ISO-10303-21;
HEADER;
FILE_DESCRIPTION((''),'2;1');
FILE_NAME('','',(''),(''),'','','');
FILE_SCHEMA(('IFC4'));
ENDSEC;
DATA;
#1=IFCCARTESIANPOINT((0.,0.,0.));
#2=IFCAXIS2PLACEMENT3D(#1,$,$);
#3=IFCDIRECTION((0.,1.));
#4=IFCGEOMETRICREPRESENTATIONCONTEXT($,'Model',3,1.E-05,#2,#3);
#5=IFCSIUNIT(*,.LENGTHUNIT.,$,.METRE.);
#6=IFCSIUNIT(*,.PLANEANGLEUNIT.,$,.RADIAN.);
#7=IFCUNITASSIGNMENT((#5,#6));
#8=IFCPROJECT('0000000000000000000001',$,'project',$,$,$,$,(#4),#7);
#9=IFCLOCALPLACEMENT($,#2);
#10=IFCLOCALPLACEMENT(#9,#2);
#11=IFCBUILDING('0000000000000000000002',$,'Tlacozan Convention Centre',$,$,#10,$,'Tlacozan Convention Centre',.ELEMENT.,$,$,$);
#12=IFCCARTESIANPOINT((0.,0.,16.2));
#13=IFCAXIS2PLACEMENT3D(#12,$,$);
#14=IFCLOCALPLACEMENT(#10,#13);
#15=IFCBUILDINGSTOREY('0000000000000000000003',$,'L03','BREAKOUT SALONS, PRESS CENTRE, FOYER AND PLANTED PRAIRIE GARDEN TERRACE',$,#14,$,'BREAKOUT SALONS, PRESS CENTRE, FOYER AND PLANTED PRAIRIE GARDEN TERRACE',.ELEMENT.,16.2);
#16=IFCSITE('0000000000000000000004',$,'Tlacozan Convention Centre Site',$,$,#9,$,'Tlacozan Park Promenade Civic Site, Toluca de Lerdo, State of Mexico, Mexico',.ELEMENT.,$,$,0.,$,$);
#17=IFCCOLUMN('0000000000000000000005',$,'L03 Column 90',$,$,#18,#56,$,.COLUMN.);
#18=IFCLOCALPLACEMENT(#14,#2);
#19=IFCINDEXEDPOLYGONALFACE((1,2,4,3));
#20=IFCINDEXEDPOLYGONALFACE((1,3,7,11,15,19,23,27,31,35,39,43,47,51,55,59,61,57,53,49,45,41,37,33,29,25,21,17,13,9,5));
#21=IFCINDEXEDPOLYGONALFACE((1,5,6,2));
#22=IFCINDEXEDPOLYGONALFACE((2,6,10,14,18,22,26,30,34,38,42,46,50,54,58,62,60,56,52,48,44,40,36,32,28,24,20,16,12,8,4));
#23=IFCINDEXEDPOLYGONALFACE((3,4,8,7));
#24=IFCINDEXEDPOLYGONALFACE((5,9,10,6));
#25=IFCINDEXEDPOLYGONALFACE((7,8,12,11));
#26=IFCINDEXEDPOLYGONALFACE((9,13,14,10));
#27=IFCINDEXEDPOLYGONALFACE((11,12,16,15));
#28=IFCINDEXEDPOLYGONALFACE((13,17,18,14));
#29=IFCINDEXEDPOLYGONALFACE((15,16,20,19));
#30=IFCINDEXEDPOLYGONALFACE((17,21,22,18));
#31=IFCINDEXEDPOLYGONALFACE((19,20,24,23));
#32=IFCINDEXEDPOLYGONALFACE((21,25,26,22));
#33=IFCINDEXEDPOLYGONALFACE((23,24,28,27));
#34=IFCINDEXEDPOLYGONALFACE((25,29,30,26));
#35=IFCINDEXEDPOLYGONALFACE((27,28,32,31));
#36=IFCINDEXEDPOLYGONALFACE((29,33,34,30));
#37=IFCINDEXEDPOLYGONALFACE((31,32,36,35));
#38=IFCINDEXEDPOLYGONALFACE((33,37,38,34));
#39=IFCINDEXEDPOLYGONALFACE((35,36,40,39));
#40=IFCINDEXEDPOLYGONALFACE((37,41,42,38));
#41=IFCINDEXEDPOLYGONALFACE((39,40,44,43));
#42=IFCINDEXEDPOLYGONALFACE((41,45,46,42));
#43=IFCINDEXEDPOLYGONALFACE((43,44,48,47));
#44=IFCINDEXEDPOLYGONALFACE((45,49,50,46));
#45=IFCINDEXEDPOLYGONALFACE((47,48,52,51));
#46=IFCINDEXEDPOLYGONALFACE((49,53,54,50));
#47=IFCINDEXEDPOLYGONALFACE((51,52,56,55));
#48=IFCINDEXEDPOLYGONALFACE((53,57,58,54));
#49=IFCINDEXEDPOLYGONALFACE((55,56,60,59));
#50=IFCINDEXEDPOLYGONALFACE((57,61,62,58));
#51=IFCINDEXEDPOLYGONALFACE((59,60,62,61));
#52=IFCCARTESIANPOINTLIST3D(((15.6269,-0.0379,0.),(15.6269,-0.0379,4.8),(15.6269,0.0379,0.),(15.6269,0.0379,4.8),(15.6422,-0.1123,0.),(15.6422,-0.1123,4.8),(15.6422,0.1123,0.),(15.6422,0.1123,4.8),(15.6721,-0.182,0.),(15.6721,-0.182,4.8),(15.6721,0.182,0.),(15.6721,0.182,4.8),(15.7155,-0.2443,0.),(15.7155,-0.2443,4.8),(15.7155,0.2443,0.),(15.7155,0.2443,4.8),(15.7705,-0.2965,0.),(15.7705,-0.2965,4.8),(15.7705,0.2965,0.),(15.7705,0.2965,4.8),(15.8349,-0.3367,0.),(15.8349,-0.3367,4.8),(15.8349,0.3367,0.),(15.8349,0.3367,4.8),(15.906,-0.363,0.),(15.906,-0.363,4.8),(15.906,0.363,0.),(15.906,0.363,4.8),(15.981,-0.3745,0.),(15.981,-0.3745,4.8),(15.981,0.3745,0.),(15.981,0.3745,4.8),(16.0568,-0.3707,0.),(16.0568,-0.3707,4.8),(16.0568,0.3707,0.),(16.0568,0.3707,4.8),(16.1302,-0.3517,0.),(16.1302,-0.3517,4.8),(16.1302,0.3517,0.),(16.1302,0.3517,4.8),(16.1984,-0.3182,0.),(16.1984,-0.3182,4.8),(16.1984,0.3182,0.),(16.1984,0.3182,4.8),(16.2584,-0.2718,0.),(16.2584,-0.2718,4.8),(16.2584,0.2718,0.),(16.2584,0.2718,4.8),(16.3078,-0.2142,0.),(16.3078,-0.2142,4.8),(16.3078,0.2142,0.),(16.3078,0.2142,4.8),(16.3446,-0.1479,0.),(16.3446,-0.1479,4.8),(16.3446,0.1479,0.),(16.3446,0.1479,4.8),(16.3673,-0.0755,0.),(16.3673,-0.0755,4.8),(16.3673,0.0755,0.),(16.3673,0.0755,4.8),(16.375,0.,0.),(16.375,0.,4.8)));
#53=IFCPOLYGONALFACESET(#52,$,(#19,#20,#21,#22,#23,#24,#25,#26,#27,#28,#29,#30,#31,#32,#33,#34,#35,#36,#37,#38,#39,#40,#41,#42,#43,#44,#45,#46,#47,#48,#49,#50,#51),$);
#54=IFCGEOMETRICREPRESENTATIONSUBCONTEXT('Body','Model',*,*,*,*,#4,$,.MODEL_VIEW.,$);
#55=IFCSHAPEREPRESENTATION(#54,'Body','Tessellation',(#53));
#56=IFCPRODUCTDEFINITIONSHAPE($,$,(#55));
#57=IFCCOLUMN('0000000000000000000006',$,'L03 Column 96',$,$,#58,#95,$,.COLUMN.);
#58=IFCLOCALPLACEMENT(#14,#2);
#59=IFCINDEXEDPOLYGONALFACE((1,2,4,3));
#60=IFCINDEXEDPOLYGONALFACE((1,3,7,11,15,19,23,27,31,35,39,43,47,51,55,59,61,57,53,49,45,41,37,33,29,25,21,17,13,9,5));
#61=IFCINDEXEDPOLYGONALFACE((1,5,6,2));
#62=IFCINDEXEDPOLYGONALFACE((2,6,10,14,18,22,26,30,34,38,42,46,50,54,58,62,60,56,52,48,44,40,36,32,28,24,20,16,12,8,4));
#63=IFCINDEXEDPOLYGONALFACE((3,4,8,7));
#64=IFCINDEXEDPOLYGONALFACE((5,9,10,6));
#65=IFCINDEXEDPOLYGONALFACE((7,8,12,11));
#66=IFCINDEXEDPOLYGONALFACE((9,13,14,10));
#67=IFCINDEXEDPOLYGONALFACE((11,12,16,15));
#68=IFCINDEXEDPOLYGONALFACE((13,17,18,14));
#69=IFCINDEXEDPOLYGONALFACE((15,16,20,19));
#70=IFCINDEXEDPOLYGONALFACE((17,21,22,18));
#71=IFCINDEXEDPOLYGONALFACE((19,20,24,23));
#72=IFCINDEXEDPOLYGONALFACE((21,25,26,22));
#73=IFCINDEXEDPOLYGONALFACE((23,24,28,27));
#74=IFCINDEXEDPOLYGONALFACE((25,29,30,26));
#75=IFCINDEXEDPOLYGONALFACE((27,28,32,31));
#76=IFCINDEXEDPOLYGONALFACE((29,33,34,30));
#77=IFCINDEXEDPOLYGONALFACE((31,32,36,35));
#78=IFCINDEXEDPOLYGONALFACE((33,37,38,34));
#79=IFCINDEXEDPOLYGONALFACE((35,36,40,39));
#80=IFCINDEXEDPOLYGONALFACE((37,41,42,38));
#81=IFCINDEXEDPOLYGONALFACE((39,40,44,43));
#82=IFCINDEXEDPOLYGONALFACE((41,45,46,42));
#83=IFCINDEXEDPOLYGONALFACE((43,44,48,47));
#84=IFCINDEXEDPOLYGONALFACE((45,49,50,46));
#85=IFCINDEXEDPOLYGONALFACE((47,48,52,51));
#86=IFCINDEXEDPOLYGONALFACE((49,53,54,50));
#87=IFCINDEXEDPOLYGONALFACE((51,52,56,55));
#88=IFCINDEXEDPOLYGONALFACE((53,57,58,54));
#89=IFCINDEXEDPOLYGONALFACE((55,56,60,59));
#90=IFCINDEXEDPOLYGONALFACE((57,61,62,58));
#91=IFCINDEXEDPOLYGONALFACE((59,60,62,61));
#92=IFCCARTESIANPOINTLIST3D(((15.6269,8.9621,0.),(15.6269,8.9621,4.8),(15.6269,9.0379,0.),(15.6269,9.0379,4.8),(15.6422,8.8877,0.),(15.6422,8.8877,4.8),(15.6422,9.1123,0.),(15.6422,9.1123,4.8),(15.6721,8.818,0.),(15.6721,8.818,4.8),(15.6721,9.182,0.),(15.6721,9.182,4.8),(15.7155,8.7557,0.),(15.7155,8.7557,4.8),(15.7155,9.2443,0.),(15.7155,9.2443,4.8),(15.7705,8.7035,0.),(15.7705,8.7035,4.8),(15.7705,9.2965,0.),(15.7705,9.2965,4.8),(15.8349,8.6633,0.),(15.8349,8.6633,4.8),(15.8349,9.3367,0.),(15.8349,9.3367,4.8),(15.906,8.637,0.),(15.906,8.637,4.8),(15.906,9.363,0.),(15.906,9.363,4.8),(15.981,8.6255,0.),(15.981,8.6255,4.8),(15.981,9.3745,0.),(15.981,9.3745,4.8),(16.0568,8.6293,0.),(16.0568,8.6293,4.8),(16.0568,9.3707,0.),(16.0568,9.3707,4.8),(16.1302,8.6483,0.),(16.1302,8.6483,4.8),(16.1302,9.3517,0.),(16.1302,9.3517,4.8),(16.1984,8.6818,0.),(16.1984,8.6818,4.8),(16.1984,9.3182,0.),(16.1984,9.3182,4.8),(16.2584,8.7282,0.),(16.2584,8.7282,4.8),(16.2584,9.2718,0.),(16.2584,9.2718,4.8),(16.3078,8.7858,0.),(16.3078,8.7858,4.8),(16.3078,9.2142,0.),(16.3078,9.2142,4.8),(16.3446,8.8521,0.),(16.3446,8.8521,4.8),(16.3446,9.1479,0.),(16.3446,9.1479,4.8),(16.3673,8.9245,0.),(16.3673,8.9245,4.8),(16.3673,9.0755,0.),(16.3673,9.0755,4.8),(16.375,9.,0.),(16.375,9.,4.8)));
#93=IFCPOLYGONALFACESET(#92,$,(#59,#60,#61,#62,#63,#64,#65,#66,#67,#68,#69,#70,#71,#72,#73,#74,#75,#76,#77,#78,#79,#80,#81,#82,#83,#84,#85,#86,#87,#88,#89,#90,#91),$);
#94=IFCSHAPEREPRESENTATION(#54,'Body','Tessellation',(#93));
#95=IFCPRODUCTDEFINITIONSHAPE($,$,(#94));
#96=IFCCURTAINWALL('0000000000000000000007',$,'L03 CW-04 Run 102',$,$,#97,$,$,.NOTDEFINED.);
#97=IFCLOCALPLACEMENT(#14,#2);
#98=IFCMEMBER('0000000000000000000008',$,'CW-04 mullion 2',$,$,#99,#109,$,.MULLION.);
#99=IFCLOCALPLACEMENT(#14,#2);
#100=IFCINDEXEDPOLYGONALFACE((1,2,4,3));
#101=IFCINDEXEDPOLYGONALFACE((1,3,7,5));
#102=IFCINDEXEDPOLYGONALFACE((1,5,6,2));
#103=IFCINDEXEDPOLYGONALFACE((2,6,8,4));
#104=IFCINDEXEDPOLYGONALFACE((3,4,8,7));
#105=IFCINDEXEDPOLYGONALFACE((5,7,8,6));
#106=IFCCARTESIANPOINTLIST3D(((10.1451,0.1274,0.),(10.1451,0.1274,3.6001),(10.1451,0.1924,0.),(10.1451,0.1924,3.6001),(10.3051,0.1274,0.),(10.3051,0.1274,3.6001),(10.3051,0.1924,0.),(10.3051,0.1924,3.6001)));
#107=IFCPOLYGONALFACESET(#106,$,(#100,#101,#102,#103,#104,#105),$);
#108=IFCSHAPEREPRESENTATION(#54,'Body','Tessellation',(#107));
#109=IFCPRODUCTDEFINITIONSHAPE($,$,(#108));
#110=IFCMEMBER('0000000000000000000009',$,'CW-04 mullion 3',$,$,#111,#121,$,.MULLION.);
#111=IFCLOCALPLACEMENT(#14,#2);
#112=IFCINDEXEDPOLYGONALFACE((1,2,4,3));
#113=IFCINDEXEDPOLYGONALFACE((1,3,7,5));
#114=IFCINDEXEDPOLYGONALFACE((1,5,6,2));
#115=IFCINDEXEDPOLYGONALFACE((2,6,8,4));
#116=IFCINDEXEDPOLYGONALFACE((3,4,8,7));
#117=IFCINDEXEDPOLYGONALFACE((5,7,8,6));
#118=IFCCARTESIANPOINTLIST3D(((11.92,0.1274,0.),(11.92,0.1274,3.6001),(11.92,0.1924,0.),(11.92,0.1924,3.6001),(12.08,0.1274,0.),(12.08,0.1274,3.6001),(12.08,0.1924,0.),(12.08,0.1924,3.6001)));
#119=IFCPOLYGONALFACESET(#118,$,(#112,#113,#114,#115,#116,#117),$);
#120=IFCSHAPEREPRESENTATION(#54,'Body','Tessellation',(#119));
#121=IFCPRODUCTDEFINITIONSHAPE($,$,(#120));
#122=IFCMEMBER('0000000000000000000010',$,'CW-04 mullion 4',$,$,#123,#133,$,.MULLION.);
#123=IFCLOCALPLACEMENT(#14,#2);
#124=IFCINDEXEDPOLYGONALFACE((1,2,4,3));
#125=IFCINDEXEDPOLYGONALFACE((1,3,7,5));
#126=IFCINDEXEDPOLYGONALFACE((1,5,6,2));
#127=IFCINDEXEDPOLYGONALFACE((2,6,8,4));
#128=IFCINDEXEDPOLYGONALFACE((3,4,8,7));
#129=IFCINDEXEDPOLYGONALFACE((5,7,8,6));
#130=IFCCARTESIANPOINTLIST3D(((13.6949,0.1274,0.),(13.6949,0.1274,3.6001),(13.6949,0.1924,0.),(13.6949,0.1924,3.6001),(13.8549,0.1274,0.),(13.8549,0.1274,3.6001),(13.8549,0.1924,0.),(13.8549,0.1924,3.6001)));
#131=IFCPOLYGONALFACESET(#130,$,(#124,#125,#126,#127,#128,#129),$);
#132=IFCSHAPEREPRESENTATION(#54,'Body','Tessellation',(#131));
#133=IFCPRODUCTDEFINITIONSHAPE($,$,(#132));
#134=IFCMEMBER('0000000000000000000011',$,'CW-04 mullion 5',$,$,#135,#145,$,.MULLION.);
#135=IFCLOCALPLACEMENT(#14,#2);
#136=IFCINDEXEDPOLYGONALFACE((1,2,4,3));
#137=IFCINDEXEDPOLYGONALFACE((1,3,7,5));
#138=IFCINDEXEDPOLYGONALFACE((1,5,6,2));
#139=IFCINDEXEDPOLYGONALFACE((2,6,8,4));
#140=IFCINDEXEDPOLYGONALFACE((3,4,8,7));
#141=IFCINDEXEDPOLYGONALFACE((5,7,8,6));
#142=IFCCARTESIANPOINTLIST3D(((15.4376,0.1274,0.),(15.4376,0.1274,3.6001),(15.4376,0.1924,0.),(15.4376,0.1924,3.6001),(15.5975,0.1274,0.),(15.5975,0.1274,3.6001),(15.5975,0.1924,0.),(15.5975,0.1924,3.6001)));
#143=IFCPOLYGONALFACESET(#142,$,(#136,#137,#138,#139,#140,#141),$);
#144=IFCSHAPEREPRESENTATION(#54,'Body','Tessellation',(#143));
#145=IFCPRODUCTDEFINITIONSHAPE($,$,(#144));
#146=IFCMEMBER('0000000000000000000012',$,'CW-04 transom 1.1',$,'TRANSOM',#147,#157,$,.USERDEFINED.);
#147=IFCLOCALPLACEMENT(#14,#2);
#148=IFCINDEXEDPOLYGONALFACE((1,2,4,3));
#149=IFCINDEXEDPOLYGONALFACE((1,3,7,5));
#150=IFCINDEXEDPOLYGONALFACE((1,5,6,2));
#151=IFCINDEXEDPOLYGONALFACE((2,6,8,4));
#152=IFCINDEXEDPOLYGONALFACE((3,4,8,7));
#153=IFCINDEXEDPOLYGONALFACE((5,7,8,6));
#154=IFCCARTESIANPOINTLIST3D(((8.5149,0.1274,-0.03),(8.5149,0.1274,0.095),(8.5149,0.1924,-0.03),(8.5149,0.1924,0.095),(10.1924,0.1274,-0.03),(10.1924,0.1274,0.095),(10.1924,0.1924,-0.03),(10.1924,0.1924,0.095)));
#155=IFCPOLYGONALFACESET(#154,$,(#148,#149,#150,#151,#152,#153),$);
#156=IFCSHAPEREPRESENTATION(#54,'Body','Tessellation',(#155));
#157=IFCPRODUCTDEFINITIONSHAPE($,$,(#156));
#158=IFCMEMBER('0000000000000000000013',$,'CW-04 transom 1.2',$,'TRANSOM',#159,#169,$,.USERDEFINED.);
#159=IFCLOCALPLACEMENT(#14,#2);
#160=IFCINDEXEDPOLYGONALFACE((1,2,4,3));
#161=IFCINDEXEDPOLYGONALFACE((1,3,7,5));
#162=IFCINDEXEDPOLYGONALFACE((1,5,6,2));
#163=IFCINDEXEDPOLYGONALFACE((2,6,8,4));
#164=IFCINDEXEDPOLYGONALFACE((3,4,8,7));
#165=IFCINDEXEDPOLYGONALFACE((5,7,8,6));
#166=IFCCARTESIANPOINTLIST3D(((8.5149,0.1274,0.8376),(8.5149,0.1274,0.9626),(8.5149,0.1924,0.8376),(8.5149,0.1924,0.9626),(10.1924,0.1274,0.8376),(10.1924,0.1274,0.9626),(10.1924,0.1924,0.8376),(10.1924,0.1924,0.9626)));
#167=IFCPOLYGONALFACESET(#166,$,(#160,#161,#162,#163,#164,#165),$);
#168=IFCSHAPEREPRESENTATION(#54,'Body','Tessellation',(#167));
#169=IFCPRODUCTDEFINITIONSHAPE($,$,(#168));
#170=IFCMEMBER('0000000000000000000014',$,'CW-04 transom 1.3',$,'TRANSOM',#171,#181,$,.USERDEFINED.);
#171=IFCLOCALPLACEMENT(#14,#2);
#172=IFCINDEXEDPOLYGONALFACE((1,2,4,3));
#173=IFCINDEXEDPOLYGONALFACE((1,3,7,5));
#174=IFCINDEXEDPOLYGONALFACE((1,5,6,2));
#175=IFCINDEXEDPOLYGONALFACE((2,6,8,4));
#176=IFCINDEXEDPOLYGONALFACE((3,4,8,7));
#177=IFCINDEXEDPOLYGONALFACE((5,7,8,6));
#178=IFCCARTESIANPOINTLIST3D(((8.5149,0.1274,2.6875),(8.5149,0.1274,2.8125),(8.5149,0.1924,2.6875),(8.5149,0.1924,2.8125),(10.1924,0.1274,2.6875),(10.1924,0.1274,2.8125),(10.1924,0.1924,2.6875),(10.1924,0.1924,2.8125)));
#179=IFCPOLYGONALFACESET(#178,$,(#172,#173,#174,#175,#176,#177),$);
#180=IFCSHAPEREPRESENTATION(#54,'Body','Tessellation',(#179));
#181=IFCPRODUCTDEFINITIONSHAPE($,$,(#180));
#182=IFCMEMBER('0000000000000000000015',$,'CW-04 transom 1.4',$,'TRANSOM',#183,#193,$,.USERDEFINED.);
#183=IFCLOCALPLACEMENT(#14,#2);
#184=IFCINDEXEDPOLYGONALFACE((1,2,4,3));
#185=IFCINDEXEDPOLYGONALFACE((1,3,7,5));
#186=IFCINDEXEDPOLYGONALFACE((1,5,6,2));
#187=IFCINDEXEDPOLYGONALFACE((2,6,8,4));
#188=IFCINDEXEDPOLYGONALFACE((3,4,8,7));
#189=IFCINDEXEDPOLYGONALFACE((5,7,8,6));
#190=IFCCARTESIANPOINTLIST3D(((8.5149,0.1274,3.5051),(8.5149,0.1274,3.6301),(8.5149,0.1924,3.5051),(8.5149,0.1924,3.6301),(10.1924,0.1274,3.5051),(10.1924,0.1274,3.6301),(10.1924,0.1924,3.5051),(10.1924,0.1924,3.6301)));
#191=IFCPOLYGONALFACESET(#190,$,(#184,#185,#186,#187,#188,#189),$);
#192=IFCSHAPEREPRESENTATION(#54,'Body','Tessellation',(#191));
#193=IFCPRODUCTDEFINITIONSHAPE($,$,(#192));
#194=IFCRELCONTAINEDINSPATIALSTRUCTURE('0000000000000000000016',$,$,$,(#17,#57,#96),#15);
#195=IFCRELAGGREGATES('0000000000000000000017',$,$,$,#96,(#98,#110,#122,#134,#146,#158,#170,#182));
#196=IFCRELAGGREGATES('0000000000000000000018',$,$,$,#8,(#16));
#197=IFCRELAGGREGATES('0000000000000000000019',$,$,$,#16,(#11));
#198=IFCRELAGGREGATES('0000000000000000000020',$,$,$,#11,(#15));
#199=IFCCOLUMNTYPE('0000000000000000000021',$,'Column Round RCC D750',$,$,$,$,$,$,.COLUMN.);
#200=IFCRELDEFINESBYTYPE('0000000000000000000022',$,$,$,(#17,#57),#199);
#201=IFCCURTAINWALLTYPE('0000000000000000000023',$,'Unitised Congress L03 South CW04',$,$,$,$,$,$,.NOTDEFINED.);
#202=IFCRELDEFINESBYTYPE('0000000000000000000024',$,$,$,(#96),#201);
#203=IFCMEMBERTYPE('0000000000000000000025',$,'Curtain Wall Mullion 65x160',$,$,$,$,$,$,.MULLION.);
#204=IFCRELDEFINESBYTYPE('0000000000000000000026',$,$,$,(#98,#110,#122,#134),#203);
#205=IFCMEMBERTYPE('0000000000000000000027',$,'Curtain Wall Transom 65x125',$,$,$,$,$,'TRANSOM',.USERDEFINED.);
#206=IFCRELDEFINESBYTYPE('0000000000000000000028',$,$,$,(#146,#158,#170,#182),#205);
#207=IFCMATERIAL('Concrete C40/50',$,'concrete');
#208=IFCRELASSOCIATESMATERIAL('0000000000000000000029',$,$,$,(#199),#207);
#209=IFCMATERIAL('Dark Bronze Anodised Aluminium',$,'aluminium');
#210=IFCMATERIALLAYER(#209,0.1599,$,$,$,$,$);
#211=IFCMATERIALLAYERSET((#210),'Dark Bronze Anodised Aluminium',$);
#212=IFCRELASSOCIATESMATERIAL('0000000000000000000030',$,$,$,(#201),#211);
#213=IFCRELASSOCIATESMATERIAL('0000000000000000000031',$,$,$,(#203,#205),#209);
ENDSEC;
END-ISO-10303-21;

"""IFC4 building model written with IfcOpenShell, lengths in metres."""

from ifc_helpers import new_model, si_unit, direction, frame, origin, origin_2d, place, context, subcontext, project, spatial, rectangle, circle, extrude, material, layer, layer_set, material_profile, profile_set, type_object, element, aggregate, save


model = new_model("IFC4")

# Units and contexts
model_context = context("Model", 3, precision=1e-05, world=origin(), true_north=direction((0.0, 1.0)))
body_context = subcontext(model_context, "Body", "Model", "MODEL_VIEW")
ifc_project = project(units=[si_unit("LENGTHUNIT", "METRE"), si_unit("PLANEANGLEUNIT", "RADIAN")], contexts=[model_context])

# Site, building, storey
site_placement = place(None, origin())
site = spatial("IfcSite", under=ifc_project, at=site_placement, Name="Tlacozan Convention Centre Site", LongName="Tlacozan Park Promenade Civic Site, Toluca de Lerdo, State of Mexico, Mexico", CompositionType="ELEMENT", RefElevation=0.0)
building_placement = place(site_placement, origin())
building = spatial("IfcBuilding", under=site, at=building_placement, Name="Tlacozan Convention Centre", LongName="Tlacozan Convention Centre", CompositionType="ELEMENT")
storey_placement = place(building_placement, frame((0.0, 0.0, 16.2)))
storey = spatial("IfcBuildingStorey", under=building, at=storey_placement, Name="L03", Description="BREAKOUT SALONS, PRESS CENTRE, FOYER AND PLANTED PRAIRIE GARDEN TERRACE", LongName="BREAKOUT SALONS, PRESS CENTRE, FOYER AND PLANTED PRAIRIE GARDEN TERRACE", CompositionType="ELEMENT", Elevation=16.2)

# Columns
ifc_material_1 = material(Name="Concrete C40/50", Category="concrete")
ifc_material_profile_1 = material_profile(ifc_material_1, circle(Radius=0.375, at=origin_2d()), Name="RCC D750")
ifc_profile_set_1 = profile_set([ifc_material_profile_1], Name="Concrete C40/50")
column_type = type_object("IfcColumnType", Name="Column Round RCC D750", PredefinedType="COLUMN", material=ifc_profile_set_1)
for number, where, z_axis, x_axis, name in (
    (1, (16.0, 0.0, 0.0), (0.0, 0.0, 1.0), (1.0, 0.0, 0.0), "L03 Column 90"),
    (2, (16.0, 9.0, 0.0), (0.0, 0.0, 1.0), (1.0, 0.0, 0.0), "L03 Column 96"),
):
    element("IfcColumn", number, at=place(storey_placement, frame(where, z_axis=z_axis, x_axis=x_axis)), inside=storey, type_object=column_type, Name=name, PredefinedType="COLUMN", context=body_context, shape_type="SweptSolid", body=[
        extrude(circle(Radius=0.375, at=origin_2d()), origin(), (0.0, 0.0, 1.0), 4.8),
    ])

# Curtain wall, members
ifc_material_2 = material(Name="Dark Bronze Anodised Aluminium", Category="aluminium")
ifc_layer_1 = layer(ifc_material_2, 0.1599)
ifc_layer_set_1 = layer_set([ifc_layer_1], Name="Dark Bronze Anodised Aluminium")
curtain_wall_type = type_object("IfcCurtainWallType", Name="Unitised Congress L03 South CW04", PredefinedType="NOTDEFINED", material=ifc_layer_set_1)
curtain_wall_placement = place(storey_placement, origin())
curtain_wall = element("IfcCurtainWall", 3, at=curtain_wall_placement, inside=storey, type_object=curtain_wall_type, Name="L03 CW-04 Run 102", PredefinedType="NOTDEFINED")
ifc_material_profile_2 = material_profile(ifc_material_2, rectangle(XDim=0.0649, YDim=0.1599, at=origin_2d()), Name="ALU 65x160")
ifc_profile_set_2 = profile_set([ifc_material_profile_2], Name="Dark Bronze Anodised Aluminium")
member_type_1 = type_object("IfcMemberType", Name="Curtain Wall Mullion 65x160", PredefinedType="MULLION", material=ifc_profile_set_2)
member_1_placement = place(storey_placement, frame((10.2251, 0.1599, 0.0), z_axis=(0.0, 0.0, 1.0), x_axis=(0.0, 1.0, 0.0)))
member_1 = element("IfcMember", 4, at=member_1_placement, type_object=member_type_1, Name="CW-04 mullion 2", PredefinedType="MULLION", context=body_context, shape_type="SweptSolid", body=[
    extrude(rectangle(XDim=0.0649, YDim=0.1599, at=origin_2d()), origin(), (0.0, 0.0, 1.0), 3.6001),
])
member_2_placement = place(storey_placement, frame((12.0, 0.1599, 0.0), z_axis=(0.0, 0.0, 1.0), x_axis=(0.0, 1.0, 0.0)))
member_2 = element("IfcMember", 5, at=member_2_placement, type_object=member_type_1, Name="CW-04 mullion 3", PredefinedType="MULLION", context=body_context, shape_type="SweptSolid", body=[
    extrude(rectangle(XDim=0.0649, YDim=0.1599, at=origin_2d()), origin(), (0.0, 0.0, 1.0), 3.6001),
])
member_3_placement = place(storey_placement, frame((13.7749, 0.1599, 0.0), z_axis=(0.0, 0.0, 1.0), x_axis=(0.0, 1.0, 0.0)))
member_3 = element("IfcMember", 6, at=member_3_placement, type_object=member_type_1, Name="CW-04 mullion 4", PredefinedType="MULLION", context=body_context, shape_type="SweptSolid", body=[
    extrude(rectangle(XDim=0.0649, YDim=0.1599, at=origin_2d()), origin(), (0.0, 0.0, 1.0), 3.6001),
])
member_4_placement = place(storey_placement, frame((15.5176, 0.1599, 0.0), z_axis=(0.0, 0.0, 1.0), x_axis=(0.0, 1.0, 0.0)))
member_4 = element("IfcMember", 7, at=member_4_placement, type_object=member_type_1, Name="CW-04 mullion 5", PredefinedType="MULLION", context=body_context, shape_type="SweptSolid", body=[
    extrude(rectangle(XDim=0.0649, YDim=0.1599, at=origin_2d()), origin(), (0.0, 0.0, 1.0), 3.6001),
])
ifc_material_profile_3 = material_profile(ifc_material_2, rectangle(XDim=0.0649, YDim=0.125, at=origin_2d()), Name="ALU 65x125")
ifc_profile_set_3 = profile_set([ifc_material_profile_3], Name="Dark Bronze Anodised Aluminium")
member_type_2 = type_object("IfcMemberType", Name="Curtain Wall Transom 65x125", ElementType="TRANSOM", PredefinedType="USERDEFINED", material=ifc_profile_set_3)
member_5_placement = place(storey_placement, frame((8.5149, 0.1599, 0.0325), z_axis=(1.0, 0.0, 0.0), x_axis=(0.0, 1.0, 0.0)))
member_5 = element("IfcMember", 8, at=member_5_placement, type_object=member_type_2, Name="CW-04 transom 1.1", ObjectType="TRANSOM", PredefinedType="USERDEFINED", context=body_context, shape_type="SweptSolid", body=[
    extrude(rectangle(XDim=0.0649, YDim=0.125, at=origin_2d()), origin(), (0.0, 0.0, 1.0), 1.6775),
])
member_6_placement = place(storey_placement, frame((8.5149, 0.1599, 0.9001), z_axis=(1.0, 0.0, 0.0), x_axis=(0.0, 1.0, 0.0)))
member_6 = element("IfcMember", 9, at=member_6_placement, type_object=member_type_2, Name="CW-04 transom 1.2", ObjectType="TRANSOM", PredefinedType="USERDEFINED", context=body_context, shape_type="SweptSolid", body=[
    extrude(rectangle(XDim=0.0649, YDim=0.125, at=origin_2d()), origin(), (0.0, 0.0, 1.0), 1.6775),
])
member_7_placement = place(storey_placement, frame((8.5149, 0.1599, 2.75), z_axis=(1.0, 0.0, 0.0), x_axis=(0.0, 1.0, 0.0)))
member_7 = element("IfcMember", 10, at=member_7_placement, type_object=member_type_2, Name="CW-04 transom 1.3", ObjectType="TRANSOM", PredefinedType="USERDEFINED", context=body_context, shape_type="SweptSolid", body=[
    extrude(rectangle(XDim=0.0649, YDim=0.125, at=origin_2d()), origin(), (0.0, 0.0, 1.0), 1.6775),
])
member_8_placement = place(storey_placement, frame((8.5149, 0.1599, 3.5676), z_axis=(1.0, 0.0, 0.0), x_axis=(0.0, 1.0, 0.0)))
member_8 = element("IfcMember", 11, at=member_8_placement, type_object=member_type_2, Name="CW-04 transom 1.4", ObjectType="TRANSOM", PredefinedType="USERDEFINED", context=body_context, shape_type="SweptSolid", body=[
    extrude(rectangle(XDim=0.0649, YDim=0.125, at=origin_2d()), origin(), (0.0, 0.0, 1.0), 1.6775),
])

aggregate(curtain_wall, [member_1, member_2, member_3, member_4, member_5, member_6, member_7, member_8])

save(model, "model.ifc")
